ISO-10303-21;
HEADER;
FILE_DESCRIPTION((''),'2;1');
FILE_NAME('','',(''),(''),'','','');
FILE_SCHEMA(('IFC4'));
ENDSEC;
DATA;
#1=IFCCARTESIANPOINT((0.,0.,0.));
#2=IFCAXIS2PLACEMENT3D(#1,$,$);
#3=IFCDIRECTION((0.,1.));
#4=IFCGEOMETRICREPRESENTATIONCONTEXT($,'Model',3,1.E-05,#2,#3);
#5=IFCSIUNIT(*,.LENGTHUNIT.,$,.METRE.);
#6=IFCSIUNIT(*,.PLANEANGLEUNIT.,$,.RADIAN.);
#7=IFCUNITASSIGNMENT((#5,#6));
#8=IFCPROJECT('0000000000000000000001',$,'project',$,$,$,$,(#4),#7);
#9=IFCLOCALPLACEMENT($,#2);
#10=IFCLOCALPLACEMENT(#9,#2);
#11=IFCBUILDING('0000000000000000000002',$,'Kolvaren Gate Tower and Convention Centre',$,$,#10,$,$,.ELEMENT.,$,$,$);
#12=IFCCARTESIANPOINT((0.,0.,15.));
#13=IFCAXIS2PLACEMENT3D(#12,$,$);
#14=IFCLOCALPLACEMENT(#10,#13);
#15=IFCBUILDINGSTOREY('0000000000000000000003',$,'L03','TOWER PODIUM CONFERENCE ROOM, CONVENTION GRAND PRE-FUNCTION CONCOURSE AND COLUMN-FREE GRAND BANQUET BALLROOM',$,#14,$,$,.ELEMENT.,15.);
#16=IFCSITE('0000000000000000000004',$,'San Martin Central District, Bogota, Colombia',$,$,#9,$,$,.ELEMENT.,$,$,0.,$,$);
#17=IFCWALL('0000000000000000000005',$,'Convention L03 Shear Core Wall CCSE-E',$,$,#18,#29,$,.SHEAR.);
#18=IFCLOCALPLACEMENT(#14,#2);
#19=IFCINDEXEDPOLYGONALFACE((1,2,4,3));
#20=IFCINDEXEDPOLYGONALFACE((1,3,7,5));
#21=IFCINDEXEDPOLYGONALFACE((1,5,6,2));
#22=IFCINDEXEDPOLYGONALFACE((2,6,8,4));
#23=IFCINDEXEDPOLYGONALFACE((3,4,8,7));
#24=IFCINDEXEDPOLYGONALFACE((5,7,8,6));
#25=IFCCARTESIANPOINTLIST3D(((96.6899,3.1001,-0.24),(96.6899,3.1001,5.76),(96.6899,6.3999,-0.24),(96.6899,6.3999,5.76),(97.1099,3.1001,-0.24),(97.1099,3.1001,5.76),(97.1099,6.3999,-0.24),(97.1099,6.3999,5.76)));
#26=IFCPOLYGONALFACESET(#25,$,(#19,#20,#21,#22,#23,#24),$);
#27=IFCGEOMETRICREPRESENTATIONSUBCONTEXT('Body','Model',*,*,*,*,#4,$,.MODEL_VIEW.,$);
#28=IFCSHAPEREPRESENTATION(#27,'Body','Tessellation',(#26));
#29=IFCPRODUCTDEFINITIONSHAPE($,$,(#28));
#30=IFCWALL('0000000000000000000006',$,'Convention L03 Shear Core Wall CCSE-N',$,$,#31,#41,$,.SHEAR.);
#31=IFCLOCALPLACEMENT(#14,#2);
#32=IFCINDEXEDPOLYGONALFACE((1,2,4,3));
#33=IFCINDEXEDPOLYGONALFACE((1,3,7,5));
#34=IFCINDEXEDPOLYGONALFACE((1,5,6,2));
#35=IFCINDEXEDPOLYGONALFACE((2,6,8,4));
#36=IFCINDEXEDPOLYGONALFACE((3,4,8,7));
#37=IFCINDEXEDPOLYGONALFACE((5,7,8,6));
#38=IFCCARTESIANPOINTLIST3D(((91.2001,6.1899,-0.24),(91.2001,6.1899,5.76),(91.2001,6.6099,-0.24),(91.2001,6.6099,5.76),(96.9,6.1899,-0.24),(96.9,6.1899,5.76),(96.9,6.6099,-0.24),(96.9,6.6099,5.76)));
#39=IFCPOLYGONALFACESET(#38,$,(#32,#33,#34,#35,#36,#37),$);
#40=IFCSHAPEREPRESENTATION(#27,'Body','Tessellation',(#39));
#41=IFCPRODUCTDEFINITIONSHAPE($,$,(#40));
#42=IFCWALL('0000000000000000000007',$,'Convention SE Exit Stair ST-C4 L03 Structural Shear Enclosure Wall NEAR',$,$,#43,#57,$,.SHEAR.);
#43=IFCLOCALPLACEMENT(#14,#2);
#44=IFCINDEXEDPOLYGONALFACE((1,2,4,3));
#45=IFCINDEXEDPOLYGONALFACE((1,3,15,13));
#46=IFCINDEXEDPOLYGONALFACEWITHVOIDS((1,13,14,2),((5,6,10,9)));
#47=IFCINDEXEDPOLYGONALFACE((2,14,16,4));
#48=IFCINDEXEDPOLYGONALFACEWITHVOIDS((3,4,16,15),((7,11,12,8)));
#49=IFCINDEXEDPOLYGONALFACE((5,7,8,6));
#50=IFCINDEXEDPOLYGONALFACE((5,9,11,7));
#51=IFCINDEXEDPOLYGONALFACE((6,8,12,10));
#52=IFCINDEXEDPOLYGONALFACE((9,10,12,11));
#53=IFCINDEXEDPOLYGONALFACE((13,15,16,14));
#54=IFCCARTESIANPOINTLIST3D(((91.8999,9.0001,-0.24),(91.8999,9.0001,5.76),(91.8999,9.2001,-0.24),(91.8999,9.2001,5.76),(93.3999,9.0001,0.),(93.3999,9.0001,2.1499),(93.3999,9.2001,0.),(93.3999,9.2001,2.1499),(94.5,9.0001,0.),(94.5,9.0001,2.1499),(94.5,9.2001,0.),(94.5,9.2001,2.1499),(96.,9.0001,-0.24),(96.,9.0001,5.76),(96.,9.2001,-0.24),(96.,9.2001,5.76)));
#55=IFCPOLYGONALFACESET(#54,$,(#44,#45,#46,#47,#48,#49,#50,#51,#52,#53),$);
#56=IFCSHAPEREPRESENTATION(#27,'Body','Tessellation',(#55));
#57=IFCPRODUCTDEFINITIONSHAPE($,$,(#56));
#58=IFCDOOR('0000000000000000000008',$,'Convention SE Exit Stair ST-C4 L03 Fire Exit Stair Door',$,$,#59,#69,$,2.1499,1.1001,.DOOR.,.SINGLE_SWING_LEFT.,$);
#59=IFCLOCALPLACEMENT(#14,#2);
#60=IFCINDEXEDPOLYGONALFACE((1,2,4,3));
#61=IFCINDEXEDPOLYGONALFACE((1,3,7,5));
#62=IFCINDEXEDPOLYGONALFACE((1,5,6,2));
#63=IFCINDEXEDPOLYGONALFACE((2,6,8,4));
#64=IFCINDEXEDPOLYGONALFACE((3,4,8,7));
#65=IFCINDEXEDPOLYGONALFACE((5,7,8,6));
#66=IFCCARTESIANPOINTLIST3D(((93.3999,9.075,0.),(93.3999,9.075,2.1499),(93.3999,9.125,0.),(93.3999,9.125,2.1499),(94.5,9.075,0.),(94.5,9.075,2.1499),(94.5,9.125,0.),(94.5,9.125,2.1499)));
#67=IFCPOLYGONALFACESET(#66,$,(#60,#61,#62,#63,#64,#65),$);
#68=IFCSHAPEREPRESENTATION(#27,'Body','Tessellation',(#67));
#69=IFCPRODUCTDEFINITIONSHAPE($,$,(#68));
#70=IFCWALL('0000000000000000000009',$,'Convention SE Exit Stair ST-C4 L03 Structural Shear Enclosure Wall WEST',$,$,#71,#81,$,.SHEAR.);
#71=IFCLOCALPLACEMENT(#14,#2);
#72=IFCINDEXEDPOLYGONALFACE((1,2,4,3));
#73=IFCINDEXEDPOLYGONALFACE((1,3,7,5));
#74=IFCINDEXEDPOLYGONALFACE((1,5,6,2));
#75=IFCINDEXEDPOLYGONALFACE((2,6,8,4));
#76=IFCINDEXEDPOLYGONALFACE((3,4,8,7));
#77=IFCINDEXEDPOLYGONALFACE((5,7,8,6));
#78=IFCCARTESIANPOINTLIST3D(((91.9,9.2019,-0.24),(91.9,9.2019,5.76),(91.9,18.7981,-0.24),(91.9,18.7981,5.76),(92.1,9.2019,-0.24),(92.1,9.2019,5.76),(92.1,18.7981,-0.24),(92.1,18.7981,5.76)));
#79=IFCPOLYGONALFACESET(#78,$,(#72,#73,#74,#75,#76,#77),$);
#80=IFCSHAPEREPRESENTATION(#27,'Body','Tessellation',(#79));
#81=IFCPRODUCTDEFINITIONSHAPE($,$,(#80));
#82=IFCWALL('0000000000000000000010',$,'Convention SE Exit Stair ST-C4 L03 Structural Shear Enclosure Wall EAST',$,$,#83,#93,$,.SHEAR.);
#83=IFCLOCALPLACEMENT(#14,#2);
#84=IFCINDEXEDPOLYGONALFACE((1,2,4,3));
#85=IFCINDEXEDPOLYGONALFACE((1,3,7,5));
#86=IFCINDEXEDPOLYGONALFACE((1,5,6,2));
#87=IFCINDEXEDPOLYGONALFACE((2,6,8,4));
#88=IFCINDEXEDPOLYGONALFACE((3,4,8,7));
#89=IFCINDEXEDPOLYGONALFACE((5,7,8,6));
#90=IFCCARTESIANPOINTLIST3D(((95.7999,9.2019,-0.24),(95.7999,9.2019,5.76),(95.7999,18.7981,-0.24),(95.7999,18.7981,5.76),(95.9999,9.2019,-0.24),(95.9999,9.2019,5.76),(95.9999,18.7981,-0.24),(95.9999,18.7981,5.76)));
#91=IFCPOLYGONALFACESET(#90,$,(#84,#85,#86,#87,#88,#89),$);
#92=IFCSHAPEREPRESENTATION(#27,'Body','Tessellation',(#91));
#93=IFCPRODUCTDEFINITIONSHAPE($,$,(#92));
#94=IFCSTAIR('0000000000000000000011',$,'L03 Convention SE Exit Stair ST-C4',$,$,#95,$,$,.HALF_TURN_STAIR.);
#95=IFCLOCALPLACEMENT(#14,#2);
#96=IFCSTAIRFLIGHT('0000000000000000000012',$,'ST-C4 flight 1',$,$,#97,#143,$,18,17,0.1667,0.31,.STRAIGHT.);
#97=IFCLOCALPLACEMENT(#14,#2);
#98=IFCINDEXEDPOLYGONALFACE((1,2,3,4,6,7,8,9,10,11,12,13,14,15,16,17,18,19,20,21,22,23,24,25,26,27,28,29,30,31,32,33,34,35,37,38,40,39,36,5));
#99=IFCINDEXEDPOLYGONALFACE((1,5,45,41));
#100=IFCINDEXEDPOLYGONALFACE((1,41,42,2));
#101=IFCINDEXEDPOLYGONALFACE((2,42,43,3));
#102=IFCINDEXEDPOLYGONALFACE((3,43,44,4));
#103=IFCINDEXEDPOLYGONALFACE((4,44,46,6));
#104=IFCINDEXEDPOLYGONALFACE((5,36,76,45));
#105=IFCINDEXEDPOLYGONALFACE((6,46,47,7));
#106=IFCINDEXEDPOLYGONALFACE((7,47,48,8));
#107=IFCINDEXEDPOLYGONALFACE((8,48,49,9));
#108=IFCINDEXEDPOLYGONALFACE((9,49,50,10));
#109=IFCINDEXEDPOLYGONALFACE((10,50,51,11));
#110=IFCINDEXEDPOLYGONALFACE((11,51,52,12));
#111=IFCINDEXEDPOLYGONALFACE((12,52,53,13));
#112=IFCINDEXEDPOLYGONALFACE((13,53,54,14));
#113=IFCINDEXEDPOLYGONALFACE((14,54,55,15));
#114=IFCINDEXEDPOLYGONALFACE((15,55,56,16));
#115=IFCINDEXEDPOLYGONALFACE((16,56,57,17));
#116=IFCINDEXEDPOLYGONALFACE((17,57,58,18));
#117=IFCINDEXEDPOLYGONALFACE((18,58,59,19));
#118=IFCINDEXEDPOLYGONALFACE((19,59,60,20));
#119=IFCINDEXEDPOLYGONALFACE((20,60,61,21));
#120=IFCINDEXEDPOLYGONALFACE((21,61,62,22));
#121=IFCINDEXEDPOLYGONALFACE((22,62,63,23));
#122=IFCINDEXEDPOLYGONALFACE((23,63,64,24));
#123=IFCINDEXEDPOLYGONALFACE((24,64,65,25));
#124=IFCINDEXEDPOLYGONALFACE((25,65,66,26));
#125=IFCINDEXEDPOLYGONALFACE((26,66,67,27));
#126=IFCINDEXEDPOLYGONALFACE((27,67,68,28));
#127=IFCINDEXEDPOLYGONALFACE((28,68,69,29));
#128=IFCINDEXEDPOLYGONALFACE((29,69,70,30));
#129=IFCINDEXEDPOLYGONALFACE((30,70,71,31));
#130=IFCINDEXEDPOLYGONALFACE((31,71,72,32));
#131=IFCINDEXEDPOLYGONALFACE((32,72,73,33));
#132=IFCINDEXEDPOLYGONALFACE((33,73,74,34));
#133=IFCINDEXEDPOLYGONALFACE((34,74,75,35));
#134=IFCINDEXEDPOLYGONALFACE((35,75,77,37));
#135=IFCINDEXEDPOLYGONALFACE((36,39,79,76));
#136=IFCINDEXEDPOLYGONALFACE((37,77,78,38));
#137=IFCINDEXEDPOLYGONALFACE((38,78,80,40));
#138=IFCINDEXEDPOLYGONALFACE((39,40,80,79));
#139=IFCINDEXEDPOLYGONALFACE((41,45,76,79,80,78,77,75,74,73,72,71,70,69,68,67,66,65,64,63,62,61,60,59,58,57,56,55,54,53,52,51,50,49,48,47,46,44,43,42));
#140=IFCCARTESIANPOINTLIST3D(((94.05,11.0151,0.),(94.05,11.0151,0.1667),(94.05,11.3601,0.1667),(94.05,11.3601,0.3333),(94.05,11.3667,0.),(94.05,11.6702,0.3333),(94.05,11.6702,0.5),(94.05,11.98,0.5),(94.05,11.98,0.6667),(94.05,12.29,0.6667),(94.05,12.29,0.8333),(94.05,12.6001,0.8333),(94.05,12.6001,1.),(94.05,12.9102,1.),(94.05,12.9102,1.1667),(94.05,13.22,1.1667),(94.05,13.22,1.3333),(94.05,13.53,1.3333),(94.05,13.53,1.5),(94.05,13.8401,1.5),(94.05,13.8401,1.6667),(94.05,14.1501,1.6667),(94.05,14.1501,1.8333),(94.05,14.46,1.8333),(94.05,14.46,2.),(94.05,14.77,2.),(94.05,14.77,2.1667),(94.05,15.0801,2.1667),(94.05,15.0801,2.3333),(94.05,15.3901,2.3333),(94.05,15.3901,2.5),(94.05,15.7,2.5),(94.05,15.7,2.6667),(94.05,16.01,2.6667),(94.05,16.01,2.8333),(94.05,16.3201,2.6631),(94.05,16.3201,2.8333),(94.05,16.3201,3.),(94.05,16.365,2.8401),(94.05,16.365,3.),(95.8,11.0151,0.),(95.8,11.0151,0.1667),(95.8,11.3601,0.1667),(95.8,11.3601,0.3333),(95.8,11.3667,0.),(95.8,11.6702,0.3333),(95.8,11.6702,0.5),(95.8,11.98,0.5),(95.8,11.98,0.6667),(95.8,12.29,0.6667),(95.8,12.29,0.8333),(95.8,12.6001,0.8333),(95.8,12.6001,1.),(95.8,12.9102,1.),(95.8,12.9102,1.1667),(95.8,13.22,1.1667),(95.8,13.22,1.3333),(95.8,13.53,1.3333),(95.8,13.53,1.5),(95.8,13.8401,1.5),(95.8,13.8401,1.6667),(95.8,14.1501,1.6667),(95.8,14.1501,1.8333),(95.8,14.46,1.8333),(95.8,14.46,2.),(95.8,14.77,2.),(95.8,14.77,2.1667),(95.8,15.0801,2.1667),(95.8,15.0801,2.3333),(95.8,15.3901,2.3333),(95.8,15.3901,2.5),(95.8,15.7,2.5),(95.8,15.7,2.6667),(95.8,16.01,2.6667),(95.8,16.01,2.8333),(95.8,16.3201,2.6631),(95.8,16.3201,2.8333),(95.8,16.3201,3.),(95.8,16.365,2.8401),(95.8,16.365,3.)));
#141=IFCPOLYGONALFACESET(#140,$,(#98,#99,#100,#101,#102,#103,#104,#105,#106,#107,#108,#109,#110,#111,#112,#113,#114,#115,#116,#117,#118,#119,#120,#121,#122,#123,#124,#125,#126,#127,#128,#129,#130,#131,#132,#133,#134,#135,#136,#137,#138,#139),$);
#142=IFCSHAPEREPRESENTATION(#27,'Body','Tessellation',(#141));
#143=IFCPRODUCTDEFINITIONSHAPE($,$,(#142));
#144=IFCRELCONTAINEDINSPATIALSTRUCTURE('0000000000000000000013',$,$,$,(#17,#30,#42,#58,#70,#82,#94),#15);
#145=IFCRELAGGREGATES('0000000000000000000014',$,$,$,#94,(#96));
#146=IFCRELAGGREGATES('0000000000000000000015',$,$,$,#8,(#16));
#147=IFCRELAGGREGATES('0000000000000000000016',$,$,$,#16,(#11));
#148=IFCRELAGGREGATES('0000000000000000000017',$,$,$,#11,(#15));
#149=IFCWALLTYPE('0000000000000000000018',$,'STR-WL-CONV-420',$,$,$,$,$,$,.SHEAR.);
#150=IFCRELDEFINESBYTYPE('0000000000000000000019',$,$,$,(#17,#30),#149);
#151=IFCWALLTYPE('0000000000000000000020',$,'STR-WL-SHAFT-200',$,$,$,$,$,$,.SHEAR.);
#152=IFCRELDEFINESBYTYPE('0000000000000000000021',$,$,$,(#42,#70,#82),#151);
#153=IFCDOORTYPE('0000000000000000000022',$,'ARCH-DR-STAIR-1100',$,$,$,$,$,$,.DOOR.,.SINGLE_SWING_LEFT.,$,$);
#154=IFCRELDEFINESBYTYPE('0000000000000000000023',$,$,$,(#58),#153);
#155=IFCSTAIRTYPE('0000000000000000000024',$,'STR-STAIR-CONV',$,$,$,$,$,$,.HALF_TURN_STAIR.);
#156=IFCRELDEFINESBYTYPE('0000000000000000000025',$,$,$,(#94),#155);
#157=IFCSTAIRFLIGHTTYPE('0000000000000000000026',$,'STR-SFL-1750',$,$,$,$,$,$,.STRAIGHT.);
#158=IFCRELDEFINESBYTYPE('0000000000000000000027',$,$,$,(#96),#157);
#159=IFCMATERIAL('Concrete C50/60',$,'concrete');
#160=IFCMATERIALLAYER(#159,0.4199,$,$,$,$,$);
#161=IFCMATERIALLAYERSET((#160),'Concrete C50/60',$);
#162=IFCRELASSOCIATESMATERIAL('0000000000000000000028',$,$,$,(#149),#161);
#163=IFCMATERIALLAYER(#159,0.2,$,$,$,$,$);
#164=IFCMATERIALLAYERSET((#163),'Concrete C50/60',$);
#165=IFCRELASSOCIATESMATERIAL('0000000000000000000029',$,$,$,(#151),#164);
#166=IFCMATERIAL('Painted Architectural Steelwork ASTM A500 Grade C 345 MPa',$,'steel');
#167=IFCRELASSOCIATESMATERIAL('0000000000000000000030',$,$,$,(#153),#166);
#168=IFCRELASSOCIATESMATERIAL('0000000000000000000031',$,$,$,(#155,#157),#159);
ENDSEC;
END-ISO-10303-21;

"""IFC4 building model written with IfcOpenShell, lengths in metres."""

from ifc_helpers import new_model, si_unit, direction, frame, frame_2d, origin, place, context, subcontext, project, spatial, polyline, rectangle, outline, extrude, material, layer, layer_set, type_object, element, fill, aggregate, save


model = new_model("IFC4")

# Units and contexts
model_context = context("Model", 3, precision=1e-05, world=origin(), true_north=direction((0.0, 1.0)))
body_context = subcontext(model_context, "Body", "Model", "MODEL_VIEW")
ifc_project = project(units=[si_unit("LENGTHUNIT", "METRE"), si_unit("PLANEANGLEUNIT", "RADIAN")], contexts=[model_context])

# Site, building, storey
site_placement = place(None, origin())
site = spatial("IfcSite", under=ifc_project, at=site_placement, Name="San Martin Central District, Bogota, Colombia", CompositionType="ELEMENT", RefElevation=0.0)
building_placement = place(site_placement, origin())
building = spatial("IfcBuilding", under=site, at=building_placement, Name="Kolvaren Gate Tower and Convention Centre", CompositionType="ELEMENT")
storey_placement = place(building_placement, frame((0.0, 0.0, 15.0)))
storey = spatial("IfcBuildingStorey", under=building, at=storey_placement, Name="L03", Description="TOWER PODIUM CONFERENCE ROOM, CONVENTION GRAND PRE-FUNCTION CONCOURSE AND COLUMN-FREE GRAND BANQUET BALLROOM", CompositionType="ELEMENT", Elevation=15.0)

# Walls
ifc_material_1 = material(Name="Concrete C50/60", Category="concrete")
ifc_layer_1 = layer(ifc_material_1, 0.4199)
ifc_layer_set_1 = layer_set([ifc_layer_1], Name="Concrete C50/60")
wall_type_1 = type_object("IfcWallType", Name="STR-WL-CONV-420", PredefinedType="SHEAR", material=ifc_layer_set_1)
wall_1_placement = place(storey_placement, frame((96.8999, 3.1001, -0.24), z_axis=(0.0, 0.0, 1.0), x_axis=(0.0, 1.0, 0.0)))
element("IfcWall", 1, at=wall_1_placement, inside=storey, type_object=wall_type_1, Name="Convention L03 Shear Core Wall CCSE-E", PredefinedType="SHEAR", context=body_context, shape_type="SweptSolid", body=[
    extrude(rectangle(XDim=3.2998, YDim=0.4199, at=frame_2d((1.6499, 0.0))), origin(), (0.0, 0.0, 1.0), 6.0),
])
wall_2_placement = place(storey_placement, frame((91.2, 6.3999, -0.24), z_axis=(0.0, 0.0, 1.0), x_axis=(1.0, 0.0, 0.0)))
element("IfcWall", 2, at=wall_2_placement, inside=storey, type_object=wall_type_1, Name="Convention L03 Shear Core Wall CCSE-N", PredefinedType="SHEAR", context=body_context, shape_type="SweptSolid", body=[
    extrude(rectangle(XDim=5.7, YDim=0.4199, at=frame_2d((2.8501, 0.0))), origin(), (0.0, 0.0, 1.0), 6.0),
])

# Wall, opening, door
ifc_layer_2 = layer(ifc_material_1, 0.2)
ifc_layer_set_2 = layer_set([ifc_layer_2], Name="Concrete C50/60")
wall_type_2 = type_object("IfcWallType", Name="STR-WL-SHAFT-200", PredefinedType="SHEAR", material=ifc_layer_set_2)
wall_3_placement = place(storey_placement, frame((91.8999, 9.1001, -0.24), z_axis=(0.0, 0.0, 1.0), x_axis=(1.0, 0.0, 0.0)))
wall_3 = element("IfcWall", 3, at=wall_3_placement, inside=storey, type_object=wall_type_2, Name="Convention SE Exit Stair ST-C4 L03 Structural Shear Enclosure Wall NEAR", PredefinedType="SHEAR", context=body_context, shape_type="SweptSolid", body=[
    extrude(rectangle(XDim=4.1001, YDim=0.2, at=frame_2d((2.05, 0.0))), origin(), (0.0, 0.0, 1.0), 6.0),
])
opening_placement = place(wall_3_placement, frame((1.5, 0.0, 0.24)))
opening = element("IfcOpeningElement", 4, at=opening_placement, cuts=wall_3, PredefinedType="OPENING", context=body_context, shape_type="SweptSolid", body=[
    extrude(rectangle(XDim=1.1001, YDim=2.1499, at=frame_2d((0.55, 1.075))), frame((0.0, 0.1099, 0.0), z_axis=(0.0, -1.0, 0.0), x_axis=(1.0, 0.0, 0.0)), (0.0, 0.0, 1.0), 0.22),
])
ifc_material_2 = material(Name="Painted Architectural Steelwork ASTM A500 Grade C 345 MPa", Category="steel")
door_type = type_object("IfcDoorType", Name="ARCH-DR-STAIR-1100", OperationType="SINGLE_SWING_LEFT", PredefinedType="DOOR", material=ifc_material_2)
door_placement = place(opening_placement, origin())
door = element("IfcDoor", 5, at=door_placement, inside=storey, type_object=door_type, Name="Convention SE Exit Stair ST-C4 L03 Fire Exit Stair Door", OperationType="SINGLE_SWING_LEFT", OverallHeight=2.1499, OverallWidth=1.1001, PredefinedType="DOOR", context=body_context, shape_type="SweptSolid", body=[
    extrude(rectangle(XDim=1.1001, YDim=2.1499, at=frame_2d((0.55, 1.075))), frame((0.0, 0.0249, 0.0), z_axis=(0.0, -1.0, 0.0), x_axis=(1.0, 0.0, 0.0)), (0.0, 0.0, 1.0), 0.05),
])
fill(opening, door)

# Walls
for number, where, z_axis, x_axis, name in (
    (6, (92.0, 9.2019, -0.24), (0.0, 0.0, 1.0), (0.0, 1.0, 0.0), "Convention SE Exit Stair ST-C4 L03 Structural Shear Enclosure Wall WEST"),
    (7, (95.8999, 9.2019, -0.24), (0.0, 0.0, 1.0), (0.0, 1.0, 0.0), "Convention SE Exit Stair ST-C4 L03 Structural Shear Enclosure Wall EAST"),
):
    element("IfcWall", number, at=place(storey_placement, frame(where, z_axis=z_axis, x_axis=x_axis)), inside=storey, type_object=wall_type_2, Name=name, PredefinedType="SHEAR", context=body_context, shape_type="SweptSolid", body=[
        extrude(rectangle(XDim=9.5962, YDim=0.2, at=frame_2d((4.7981, 0.0))), origin(), (0.0, 0.0, 1.0), 6.0),
    ])

# Stair, stair flight
stair_type = type_object("IfcStairType", Name="STR-STAIR-CONV", PredefinedType="HALF_TURN_STAIR", material=ifc_material_1)
stair_placement = place(storey_placement, origin())
stair = element("IfcStair", 8, at=stair_placement, inside=storey, type_object=stair_type, Name="L03 Convention SE Exit Stair ST-C4", PredefinedType="HALF_TURN_STAIR")
stair_flight_type = type_object("IfcStairFlightType", Name="STR-SFL-1750", PredefinedType="STRAIGHT", material=ifc_material_1)
stair_flight_placement = place(storey_placement, frame((94.925, 11.05, 0.0), z_axis=(0.0, 0.0, 1.0), x_axis=(0.0, 1.0, 0.0)))
stair_flight = element("IfcStairFlight", 9, at=stair_flight_placement, type_object=stair_flight_type, Name="ST-C4 flight 1", NumberOfRisers=18, NumberOfTreads=17, PredefinedType="STRAIGHT", RiserHeight=0.1667, TreadLength=0.31, context=body_context, shape_type="SweptSolid", body=[
    extrude(outline(polyline([(-0.0349, 0.0), (-0.0349, 0.1667), (0.3101, 0.1667), (0.3101, 0.3333), (0.6201, 0.3333), (0.6201, 0.5), (0.9299, 0.5), (0.9299, 0.6667), (1.24, 0.6667), (1.24, 0.8333), (1.55, 0.8333), (1.55, 1.0), (1.8601, 1.0), (1.8601, 1.1667), (2.1699, 1.1667), (2.1699, 1.3333), (2.48, 1.3333), (2.48, 1.5), (2.79, 1.5), (2.79, 1.6667), (3.1001, 1.6667), (3.1001, 1.8333), (3.4099, 1.8333), (3.4099, 2.0), (3.72, 2.0), (3.72, 2.1667), (4.03, 2.1667), (4.03, 2.3333), (4.3401, 2.3333), (4.3401, 2.5), (4.6499, 2.5), (4.6499, 2.6667), (4.96, 2.6667), (4.96, 2.8333), (5.27, 2.8333), (5.27, 3.0), (5.3149, 3.0), (5.3149, 2.8401), (5.27, 2.6631), (0.3167, 0.0), (-0.0349, 0.0)])), frame((0.0, 0.875, 0.0), z_axis=(0.0, -1.0, 0.0), x_axis=(1.0, 0.0, 0.0)), (0.0, 0.0, 1.0), 1.75),
])
aggregate(stair, [stair_flight])

save(model, "model.ifc")
